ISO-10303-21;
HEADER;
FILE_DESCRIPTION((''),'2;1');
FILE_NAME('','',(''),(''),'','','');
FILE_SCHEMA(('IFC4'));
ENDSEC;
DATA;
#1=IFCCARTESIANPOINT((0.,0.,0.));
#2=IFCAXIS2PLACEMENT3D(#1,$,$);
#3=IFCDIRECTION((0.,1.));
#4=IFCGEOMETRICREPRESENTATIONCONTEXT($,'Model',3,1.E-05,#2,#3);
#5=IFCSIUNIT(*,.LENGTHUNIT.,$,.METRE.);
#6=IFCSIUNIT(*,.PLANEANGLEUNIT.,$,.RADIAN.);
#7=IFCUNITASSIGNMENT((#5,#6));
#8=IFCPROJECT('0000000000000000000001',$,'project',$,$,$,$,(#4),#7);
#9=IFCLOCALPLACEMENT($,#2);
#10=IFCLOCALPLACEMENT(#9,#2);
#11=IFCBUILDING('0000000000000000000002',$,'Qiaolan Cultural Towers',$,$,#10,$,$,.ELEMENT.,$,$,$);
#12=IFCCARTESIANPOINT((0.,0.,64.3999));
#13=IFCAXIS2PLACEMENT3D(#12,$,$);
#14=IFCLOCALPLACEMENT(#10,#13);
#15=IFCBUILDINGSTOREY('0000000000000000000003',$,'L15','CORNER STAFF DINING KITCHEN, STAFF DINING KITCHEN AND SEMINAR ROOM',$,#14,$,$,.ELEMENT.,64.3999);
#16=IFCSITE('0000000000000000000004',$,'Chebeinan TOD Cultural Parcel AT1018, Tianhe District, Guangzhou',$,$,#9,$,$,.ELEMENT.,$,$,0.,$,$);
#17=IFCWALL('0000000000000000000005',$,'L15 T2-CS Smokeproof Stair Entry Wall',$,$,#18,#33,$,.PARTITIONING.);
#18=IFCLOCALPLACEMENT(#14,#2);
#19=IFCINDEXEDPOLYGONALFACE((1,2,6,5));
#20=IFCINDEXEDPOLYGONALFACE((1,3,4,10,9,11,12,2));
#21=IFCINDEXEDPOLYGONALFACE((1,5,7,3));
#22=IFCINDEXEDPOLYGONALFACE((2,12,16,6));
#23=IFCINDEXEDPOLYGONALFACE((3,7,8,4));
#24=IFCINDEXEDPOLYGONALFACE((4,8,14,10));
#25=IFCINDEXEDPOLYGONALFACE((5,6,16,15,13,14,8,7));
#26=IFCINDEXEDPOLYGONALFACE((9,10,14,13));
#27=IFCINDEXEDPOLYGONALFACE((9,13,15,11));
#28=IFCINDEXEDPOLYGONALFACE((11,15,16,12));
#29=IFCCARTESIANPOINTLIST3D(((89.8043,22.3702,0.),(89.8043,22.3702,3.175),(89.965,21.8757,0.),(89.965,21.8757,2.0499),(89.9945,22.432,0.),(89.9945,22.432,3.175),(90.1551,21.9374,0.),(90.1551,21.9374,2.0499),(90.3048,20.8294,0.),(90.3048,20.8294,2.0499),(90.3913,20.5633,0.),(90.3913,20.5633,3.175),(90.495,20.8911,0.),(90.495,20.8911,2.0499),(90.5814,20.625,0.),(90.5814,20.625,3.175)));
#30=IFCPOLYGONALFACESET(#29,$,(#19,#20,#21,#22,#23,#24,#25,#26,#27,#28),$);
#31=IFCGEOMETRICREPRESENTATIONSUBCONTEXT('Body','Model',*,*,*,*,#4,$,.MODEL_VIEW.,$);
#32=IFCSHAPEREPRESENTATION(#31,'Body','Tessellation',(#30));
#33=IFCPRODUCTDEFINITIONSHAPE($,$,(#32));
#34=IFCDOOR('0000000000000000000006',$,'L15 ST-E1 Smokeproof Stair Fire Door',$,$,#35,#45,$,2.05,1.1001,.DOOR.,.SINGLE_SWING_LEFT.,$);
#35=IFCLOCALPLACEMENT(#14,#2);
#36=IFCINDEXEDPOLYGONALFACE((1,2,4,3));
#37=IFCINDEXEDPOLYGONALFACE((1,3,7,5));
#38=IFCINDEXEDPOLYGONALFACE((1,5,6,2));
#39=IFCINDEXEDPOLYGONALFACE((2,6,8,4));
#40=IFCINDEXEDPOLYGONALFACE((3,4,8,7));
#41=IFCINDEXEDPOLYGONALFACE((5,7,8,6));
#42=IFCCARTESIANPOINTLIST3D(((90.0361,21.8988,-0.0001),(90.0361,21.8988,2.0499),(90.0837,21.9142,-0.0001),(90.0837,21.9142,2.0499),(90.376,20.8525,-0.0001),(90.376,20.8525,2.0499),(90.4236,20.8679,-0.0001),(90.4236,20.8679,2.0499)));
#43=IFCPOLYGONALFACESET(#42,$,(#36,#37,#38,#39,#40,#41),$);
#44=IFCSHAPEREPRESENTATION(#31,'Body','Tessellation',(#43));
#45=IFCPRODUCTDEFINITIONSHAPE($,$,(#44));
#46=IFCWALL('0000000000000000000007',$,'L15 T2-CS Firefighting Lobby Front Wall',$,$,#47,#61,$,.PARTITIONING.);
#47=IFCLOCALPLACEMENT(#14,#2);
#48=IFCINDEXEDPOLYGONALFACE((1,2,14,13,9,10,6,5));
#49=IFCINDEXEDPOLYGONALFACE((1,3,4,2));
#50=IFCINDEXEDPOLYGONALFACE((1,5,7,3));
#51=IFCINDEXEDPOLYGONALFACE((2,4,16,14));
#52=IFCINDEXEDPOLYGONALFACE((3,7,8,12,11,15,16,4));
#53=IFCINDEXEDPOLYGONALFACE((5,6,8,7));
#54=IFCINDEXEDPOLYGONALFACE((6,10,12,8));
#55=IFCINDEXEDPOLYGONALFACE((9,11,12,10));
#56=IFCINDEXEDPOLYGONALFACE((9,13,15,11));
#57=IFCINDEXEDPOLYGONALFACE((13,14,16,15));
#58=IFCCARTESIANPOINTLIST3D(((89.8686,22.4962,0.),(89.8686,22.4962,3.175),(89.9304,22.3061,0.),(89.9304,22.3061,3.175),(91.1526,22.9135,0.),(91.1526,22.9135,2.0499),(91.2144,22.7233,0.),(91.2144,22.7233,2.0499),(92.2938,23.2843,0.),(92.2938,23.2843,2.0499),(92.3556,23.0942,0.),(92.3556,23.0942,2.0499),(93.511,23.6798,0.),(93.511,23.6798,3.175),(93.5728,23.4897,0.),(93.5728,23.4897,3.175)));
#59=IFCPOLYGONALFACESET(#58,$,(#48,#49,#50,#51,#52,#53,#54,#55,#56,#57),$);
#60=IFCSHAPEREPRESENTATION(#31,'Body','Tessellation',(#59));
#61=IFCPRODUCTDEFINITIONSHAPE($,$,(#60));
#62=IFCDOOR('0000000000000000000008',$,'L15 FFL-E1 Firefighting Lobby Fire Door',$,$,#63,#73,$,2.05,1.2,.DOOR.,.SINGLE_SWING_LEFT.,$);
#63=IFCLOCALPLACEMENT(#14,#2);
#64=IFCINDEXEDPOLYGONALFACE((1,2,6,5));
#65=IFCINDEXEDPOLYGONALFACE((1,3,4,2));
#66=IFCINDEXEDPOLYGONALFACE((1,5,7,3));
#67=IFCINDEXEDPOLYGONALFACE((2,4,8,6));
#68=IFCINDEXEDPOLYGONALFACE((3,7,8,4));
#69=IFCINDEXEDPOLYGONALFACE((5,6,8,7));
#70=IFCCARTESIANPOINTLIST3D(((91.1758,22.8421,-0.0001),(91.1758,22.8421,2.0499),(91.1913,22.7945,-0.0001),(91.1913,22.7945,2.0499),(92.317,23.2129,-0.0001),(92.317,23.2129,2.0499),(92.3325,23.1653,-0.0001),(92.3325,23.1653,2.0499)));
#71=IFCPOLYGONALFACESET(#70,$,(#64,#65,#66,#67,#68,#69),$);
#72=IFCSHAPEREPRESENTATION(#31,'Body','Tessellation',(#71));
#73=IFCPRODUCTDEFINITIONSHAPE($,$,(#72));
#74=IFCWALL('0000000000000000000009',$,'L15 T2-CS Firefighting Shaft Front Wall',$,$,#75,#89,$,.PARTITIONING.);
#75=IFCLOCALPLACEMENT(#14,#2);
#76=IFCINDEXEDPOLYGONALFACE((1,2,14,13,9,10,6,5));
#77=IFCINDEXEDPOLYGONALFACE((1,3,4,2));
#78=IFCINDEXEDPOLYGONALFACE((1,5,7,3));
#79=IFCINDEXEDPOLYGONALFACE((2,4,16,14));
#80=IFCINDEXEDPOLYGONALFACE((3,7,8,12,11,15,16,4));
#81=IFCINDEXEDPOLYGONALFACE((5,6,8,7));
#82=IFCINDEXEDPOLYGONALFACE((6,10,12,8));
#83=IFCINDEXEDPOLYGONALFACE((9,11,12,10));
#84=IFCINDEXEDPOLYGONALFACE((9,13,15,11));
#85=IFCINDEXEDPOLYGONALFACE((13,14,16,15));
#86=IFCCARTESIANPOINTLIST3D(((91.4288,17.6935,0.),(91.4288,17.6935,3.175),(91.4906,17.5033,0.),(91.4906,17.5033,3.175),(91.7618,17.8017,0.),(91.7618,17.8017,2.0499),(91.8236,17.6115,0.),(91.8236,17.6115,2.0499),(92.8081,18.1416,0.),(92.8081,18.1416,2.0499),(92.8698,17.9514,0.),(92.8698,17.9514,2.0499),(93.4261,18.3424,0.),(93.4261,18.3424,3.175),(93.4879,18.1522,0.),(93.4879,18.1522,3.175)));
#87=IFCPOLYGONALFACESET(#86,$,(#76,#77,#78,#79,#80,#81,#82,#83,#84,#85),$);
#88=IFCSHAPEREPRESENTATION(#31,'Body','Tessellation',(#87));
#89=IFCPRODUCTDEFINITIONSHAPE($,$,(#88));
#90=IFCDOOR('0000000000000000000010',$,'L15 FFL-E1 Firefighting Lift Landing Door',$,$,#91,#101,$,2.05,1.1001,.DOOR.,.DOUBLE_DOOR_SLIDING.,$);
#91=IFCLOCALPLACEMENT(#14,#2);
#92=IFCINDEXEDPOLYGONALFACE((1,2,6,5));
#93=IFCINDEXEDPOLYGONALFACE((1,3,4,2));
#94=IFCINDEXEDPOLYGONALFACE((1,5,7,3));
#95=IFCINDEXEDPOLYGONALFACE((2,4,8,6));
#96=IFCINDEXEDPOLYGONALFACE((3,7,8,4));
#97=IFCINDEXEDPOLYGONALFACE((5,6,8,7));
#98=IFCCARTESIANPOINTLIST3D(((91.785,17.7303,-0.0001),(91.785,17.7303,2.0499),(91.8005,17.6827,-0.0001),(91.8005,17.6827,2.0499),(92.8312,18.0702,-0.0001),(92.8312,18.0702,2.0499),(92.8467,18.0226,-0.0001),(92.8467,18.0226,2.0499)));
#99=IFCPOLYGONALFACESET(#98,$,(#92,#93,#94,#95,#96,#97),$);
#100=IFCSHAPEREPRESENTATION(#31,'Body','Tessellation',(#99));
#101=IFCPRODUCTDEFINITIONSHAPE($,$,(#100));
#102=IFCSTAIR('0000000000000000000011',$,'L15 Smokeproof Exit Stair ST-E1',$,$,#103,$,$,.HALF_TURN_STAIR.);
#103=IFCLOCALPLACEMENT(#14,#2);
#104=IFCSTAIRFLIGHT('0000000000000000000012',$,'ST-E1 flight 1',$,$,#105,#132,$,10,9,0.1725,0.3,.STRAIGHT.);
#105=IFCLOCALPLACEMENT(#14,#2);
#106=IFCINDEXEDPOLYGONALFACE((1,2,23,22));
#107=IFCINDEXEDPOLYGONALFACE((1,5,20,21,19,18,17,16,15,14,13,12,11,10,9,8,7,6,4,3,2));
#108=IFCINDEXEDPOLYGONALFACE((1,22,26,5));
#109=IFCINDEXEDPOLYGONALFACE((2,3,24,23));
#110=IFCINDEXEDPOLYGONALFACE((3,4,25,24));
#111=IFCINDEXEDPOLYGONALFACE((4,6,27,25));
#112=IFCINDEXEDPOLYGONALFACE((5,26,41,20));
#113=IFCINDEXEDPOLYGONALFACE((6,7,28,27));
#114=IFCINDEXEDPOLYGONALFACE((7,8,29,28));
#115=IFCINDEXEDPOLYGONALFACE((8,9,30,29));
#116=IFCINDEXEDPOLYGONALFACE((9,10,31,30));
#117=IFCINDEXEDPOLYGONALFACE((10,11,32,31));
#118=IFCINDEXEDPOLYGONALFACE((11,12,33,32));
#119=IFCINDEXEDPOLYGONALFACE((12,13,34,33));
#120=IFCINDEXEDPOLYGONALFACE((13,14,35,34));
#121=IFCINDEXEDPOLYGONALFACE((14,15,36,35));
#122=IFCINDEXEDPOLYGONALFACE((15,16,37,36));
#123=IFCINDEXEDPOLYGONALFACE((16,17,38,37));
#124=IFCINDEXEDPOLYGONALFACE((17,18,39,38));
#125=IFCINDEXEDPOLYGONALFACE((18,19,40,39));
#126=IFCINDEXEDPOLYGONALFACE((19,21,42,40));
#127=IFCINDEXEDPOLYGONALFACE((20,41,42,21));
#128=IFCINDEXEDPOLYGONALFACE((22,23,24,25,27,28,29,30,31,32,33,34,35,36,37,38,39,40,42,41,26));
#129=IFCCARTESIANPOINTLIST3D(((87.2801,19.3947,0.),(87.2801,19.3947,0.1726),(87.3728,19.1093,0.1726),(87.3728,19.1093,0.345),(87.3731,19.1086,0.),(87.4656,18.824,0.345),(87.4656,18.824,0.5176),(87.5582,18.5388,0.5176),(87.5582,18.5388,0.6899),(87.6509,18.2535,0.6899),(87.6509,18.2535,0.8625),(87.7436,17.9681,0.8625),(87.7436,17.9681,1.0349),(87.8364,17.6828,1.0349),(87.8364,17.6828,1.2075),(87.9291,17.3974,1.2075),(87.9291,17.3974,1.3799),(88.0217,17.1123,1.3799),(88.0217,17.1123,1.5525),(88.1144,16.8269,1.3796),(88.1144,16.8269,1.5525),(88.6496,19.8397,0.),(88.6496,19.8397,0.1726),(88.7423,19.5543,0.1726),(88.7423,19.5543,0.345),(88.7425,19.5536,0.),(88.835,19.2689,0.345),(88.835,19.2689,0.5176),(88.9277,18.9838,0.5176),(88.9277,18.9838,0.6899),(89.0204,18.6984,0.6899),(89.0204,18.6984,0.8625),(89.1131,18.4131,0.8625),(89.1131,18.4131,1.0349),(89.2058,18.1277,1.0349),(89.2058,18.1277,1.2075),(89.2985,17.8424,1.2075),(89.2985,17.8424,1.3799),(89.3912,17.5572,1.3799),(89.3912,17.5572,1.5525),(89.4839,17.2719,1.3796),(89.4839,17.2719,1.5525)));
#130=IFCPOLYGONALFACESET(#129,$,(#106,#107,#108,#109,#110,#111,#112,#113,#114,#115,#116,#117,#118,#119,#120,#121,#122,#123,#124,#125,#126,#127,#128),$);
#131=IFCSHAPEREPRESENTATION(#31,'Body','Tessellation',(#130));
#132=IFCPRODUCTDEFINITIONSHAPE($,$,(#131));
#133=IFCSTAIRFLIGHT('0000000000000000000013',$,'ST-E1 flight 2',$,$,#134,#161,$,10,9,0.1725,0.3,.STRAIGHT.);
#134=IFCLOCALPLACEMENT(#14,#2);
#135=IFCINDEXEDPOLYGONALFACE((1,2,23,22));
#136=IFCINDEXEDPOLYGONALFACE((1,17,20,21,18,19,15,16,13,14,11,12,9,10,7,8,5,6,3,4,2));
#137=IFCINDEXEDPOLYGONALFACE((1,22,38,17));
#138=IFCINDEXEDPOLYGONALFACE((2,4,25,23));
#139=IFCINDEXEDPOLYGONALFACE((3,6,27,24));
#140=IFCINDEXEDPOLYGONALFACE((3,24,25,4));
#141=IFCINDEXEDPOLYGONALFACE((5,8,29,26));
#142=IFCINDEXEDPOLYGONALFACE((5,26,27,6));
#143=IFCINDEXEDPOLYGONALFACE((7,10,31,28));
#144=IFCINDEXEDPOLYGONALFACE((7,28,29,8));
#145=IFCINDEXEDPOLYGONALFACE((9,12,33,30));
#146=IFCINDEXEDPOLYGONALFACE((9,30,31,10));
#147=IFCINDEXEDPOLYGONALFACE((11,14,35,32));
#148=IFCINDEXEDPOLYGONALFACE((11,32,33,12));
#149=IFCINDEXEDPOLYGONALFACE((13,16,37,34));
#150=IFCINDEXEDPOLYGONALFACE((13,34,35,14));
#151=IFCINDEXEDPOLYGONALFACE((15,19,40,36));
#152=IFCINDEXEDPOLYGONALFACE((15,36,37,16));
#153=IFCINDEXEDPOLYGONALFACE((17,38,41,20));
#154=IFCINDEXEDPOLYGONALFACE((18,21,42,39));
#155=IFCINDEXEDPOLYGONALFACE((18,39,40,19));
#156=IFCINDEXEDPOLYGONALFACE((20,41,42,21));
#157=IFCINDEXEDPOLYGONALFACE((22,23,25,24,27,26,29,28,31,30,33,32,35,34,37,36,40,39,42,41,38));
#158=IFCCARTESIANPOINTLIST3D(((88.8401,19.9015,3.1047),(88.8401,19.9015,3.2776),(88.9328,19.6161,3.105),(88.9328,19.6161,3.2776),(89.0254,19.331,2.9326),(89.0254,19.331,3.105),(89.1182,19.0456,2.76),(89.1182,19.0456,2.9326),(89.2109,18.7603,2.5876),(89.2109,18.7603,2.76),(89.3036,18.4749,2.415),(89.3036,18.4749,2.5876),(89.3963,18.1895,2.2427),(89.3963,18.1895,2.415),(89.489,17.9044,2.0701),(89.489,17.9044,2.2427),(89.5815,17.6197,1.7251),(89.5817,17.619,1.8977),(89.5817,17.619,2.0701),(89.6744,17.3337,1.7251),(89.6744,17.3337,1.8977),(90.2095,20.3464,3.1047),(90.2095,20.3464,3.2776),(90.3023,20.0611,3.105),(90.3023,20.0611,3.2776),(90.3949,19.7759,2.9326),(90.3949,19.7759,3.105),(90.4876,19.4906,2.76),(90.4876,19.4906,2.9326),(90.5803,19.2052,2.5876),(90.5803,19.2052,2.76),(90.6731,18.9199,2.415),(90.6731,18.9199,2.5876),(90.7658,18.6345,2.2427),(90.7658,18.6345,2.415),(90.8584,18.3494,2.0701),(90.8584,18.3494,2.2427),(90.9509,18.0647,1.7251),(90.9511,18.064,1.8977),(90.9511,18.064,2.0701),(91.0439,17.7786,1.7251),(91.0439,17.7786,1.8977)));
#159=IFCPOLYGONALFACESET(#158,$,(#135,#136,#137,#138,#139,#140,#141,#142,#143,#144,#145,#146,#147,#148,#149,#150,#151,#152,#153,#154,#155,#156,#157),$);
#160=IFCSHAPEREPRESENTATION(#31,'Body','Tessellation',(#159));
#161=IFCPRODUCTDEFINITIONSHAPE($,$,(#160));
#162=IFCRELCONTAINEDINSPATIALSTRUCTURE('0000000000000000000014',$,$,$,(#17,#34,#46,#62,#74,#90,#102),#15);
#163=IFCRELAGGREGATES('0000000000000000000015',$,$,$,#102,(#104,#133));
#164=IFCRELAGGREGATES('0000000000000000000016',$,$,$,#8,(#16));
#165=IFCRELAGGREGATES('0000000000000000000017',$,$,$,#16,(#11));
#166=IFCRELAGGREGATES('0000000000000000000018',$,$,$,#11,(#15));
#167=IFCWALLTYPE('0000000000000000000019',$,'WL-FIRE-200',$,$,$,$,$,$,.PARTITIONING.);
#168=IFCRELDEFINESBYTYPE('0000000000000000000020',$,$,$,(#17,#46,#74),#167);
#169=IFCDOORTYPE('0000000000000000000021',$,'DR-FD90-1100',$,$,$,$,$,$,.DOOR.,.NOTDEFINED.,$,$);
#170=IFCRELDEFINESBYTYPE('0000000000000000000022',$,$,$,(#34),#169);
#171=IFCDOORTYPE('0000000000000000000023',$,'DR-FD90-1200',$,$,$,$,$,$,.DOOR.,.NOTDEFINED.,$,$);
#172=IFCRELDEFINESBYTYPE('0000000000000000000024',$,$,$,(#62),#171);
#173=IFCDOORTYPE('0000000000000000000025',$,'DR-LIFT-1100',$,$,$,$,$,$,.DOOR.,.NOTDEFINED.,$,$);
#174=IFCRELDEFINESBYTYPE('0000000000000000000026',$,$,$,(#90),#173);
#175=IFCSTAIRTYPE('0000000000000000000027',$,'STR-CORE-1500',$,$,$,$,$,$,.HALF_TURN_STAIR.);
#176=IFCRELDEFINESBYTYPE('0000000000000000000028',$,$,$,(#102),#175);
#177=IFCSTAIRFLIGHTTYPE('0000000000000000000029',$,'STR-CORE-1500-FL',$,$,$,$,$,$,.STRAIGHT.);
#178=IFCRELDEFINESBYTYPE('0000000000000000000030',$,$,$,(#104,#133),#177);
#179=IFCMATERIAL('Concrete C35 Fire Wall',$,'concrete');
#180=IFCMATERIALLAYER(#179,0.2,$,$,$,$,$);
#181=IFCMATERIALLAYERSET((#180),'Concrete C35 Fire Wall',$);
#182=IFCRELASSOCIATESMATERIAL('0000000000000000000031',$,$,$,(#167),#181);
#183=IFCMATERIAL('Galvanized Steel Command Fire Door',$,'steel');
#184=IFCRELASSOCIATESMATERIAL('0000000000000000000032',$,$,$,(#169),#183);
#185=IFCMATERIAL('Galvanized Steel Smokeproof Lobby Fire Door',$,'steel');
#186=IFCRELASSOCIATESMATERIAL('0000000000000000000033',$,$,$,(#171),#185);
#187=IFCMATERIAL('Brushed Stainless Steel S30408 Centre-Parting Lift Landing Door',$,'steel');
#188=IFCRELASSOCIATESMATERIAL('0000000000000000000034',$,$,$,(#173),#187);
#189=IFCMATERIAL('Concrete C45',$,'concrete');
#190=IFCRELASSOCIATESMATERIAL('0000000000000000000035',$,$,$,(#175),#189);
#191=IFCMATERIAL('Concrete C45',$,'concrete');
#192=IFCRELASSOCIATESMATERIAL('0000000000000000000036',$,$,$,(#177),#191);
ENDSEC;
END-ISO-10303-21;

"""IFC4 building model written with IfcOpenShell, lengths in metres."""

from ifc_helpers import new_model, si_unit, direction, frame, frame_2d, origin, place, context, subcontext, project, spatial, polyline, rectangle, outline, extrude, material, layer, layer_set, type_object, element, fill, aggregate, save


model = new_model("IFC4")

# Units and contexts
model_context = context("Model", 3, precision=1e-05, world=origin(), true_north=direction((0.0, 1.0)))
body_context = subcontext(model_context, "Body", "Model", "MODEL_VIEW")
ifc_project = project(units=[si_unit("LENGTHUNIT", "METRE"), si_unit("PLANEANGLEUNIT", "RADIAN")], contexts=[model_context])

# Site, building, storey
site_placement = place(None, origin())
site = spatial("IfcSite", under=ifc_project, at=site_placement, Name="Chebeinan TOD Cultural Parcel AT1018, Tianhe District, Guangzhou", CompositionType="ELEMENT", RefElevation=0.0)
building_placement = place(site_placement, origin())
building = spatial("IfcBuilding", under=site, at=building_placement, Name="Qiaolan Cultural Towers", CompositionType="ELEMENT")
storey_placement = place(building_placement, frame((0.0, 0.0, 64.3999)))
storey = spatial("IfcBuildingStorey", under=building, at=storey_placement, Name="L15", Description="CORNER STAFF DINING KITCHEN, STAFF DINING KITCHEN AND SEMINAR ROOM", CompositionType="ELEMENT", Elevation=64.3999)

# Walls, openings, doors
ifc_material_1 = material(Name="Concrete C35 Fire Wall", Category="concrete")
ifc_layer_1 = layer(ifc_material_1, 0.2)
ifc_layer_set_1 = layer_set([ifc_layer_1], Name="Concrete C35 Fire Wall")
wall_type_1 = type_object("IfcWallType", Name="WL-FIRE-200", PredefinedType="PARTITIONING", material=ifc_layer_set_1)
wall_1_placement = place(storey_placement, frame((89.8994, 22.4011, 0.0), z_axis=(0.0, 0.0, 1.0), x_axis=(0.308932, -0.951084, 0.0)))
wall_1 = element("IfcWall", 1, at=wall_1_placement, inside=storey, type_object=wall_type_1, Name="L15 T2-CS Smokeproof Stair Entry Wall", PredefinedType="PARTITIONING", context=body_context, shape_type="SweptSolid", body=[
    extrude(rectangle(XDim=1.8999, YDim=0.2, at=frame_2d((0.95, 0.0))), origin(), (0.0, 0.0, 1.0), 3.175),
])
opening_1_placement = place(wall_1_placement, frame((0.52, 0.0, 0.0)))
opening_1 = element("IfcOpeningElement", 2, at=opening_1_placement, cuts=wall_1, PredefinedType="OPENING", context=body_context, shape_type="SweptSolid", body=[
    extrude(rectangle(XDim=1.1001, YDim=2.05, at=frame_2d((0.55, 1.0249))), frame((0.0, 0.1099, 0.0), z_axis=(0.0, -1.0, 0.0), x_axis=(1.0, 0.0, 0.0)), (0.0, 0.0, 1.0), 0.22),
])
ifc_material_2 = material(Name="Galvanized Steel Command Fire Door", Category="steel")
door_type_1 = type_object("IfcDoorType", Name="DR-FD90-1100", OperationType="NOTDEFINED", PredefinedType="DOOR", material=ifc_material_2)
door_1_placement = place(opening_1_placement, origin())
door_1 = element("IfcDoor", 3, at=door_1_placement, inside=storey, type_object=door_type_1, Name="L15 ST-E1 Smokeproof Stair Fire Door", OperationType="SINGLE_SWING_LEFT", OverallHeight=2.05, OverallWidth=1.1001, PredefinedType="DOOR", context=body_context, shape_type="SweptSolid", body=[
    extrude(rectangle(XDim=1.1001, YDim=2.05, at=frame_2d((0.55, 1.0249))), frame((0.0, 0.0249, 0.0), z_axis=(0.0, -1.0, 0.0), x_axis=(1.0, 0.0, 0.0)), (0.0, 0.0, 1.0), 0.05),
])
fill(opening_1, door_1)
wall_2_placement = place(storey_placement, frame((89.8994, 22.4011, 0.0), z_axis=(0.0, 0.0, 1.0), x_axis=(0.951047, 0.309047, 0.0)))
wall_2 = element("IfcWall", 4, at=wall_2_placement, inside=storey, type_object=wall_type_1, Name="L15 T2-CS Firefighting Lobby Front Wall", PredefinedType="PARTITIONING", context=body_context, shape_type="SweptSolid", body=[
    extrude(rectangle(XDim=3.8298, YDim=0.2, at=frame_2d((1.915, 0.0))), origin(), (0.0, 0.0, 1.0), 3.175),
])
opening_2_placement = place(wall_2_placement, frame((1.3501, 0.0, 0.0)))
opening_2 = element("IfcOpeningElement", 5, at=opening_2_placement, cuts=wall_2, PredefinedType="OPENING", context=body_context, shape_type="SweptSolid", body=[
    extrude(rectangle(XDim=1.2, YDim=2.05, at=frame_2d((0.6001, 1.0249))), frame((0.0, 0.1099, 0.0), z_axis=(0.0, -1.0, 0.0), x_axis=(1.0, 0.0, 0.0)), (0.0, 0.0, 1.0), 0.22),
])
ifc_material_3 = material(Name="Galvanized Steel Smokeproof Lobby Fire Door", Category="steel")
door_type_2 = type_object("IfcDoorType", Name="DR-FD90-1200", OperationType="NOTDEFINED", PredefinedType="DOOR", material=ifc_material_3)
door_2_placement = place(opening_2_placement, origin())
door_2 = element("IfcDoor", 6, at=door_2_placement, inside=storey, type_object=door_type_2, Name="L15 FFL-E1 Firefighting Lobby Fire Door", OperationType="SINGLE_SWING_LEFT", OverallHeight=2.05, OverallWidth=1.2, PredefinedType="DOOR", context=body_context, shape_type="SweptSolid", body=[
    extrude(rectangle(XDim=1.2, YDim=2.05, at=frame_2d((0.6001, 1.0249))), frame((0.0, 0.0249, 0.0), z_axis=(0.0, -1.0, 0.0), x_axis=(1.0, 0.0, 0.0)), (0.0, 0.0, 1.0), 0.05),
])
fill(opening_2, door_2)
wall_3_placement = place(storey_placement, frame((91.4597, 17.5984, 0.0), z_axis=(0.0, 0.0, 1.0), x_axis=(0.951062, 0.308999, 0.0)))
wall_3 = element("IfcWall", 7, at=wall_3_placement, inside=storey, type_object=wall_type_1, Name="L15 T2-CS Firefighting Shaft Front Wall", PredefinedType="PARTITIONING", context=body_context, shape_type="SweptSolid", body=[
    extrude(rectangle(XDim=2.1001, YDim=0.2, at=frame_2d((1.05, 0.0))), origin(), (0.0, 0.0, 1.0), 3.175),
])
opening_3_placement = place(wall_3_placement, frame((0.3501, 0.0, 0.0)))
opening_3 = element("IfcOpeningElement", 8, at=opening_3_placement, cuts=wall_3, PredefinedType="OPENING", context=body_context, shape_type="SweptSolid", body=[
    extrude(rectangle(XDim=1.1001, YDim=2.05, at=frame_2d((0.55, 1.0249))), frame((0.0, 0.1099, 0.0), z_axis=(0.0, -1.0, 0.0), x_axis=(1.0, 0.0, 0.0)), (0.0, 0.0, 1.0), 0.22),
])
ifc_material_4 = material(Name="Brushed Stainless Steel S30408 Centre-Parting Lift Landing Door", Category="steel")
door_type_3 = type_object("IfcDoorType", Name="DR-LIFT-1100", OperationType="NOTDEFINED", PredefinedType="DOOR", material=ifc_material_4)
door_3_placement = place(opening_3_placement, origin())
door_3 = element("IfcDoor", 9, at=door_3_placement, inside=storey, type_object=door_type_3, Name="L15 FFL-E1 Firefighting Lift Landing Door", OperationType="DOUBLE_DOOR_SLIDING", OverallHeight=2.05, OverallWidth=1.1001, PredefinedType="DOOR", context=body_context, shape_type="SweptSolid", body=[
    extrude(rectangle(XDim=1.1001, YDim=2.05, at=frame_2d((0.55, 1.0249))), frame((0.0, 0.0249, 0.0), z_axis=(0.0, -1.0, 0.0), x_axis=(1.0, 0.0, 0.0)), (0.0, 0.0, 1.0), 0.05),
])
fill(opening_3, door_3)

# Stair, stair flights
ifc_material_5 = material(Name="Concrete C45", Category="concrete")
stair_type = type_object("IfcStairType", Name="STR-CORE-1500", PredefinedType="HALF_TURN_STAIR", material=ifc_material_5)
stair_placement = place(storey_placement, origin())
stair = element("IfcStair", 10, at=stair_placement, inside=storey, type_object=stair_type, Name="L15 Smokeproof Exit Stair ST-E1", PredefinedType="HALF_TURN_STAIR")
ifc_material_6 = material(Name="Concrete C45", Category="concrete")
stair_flight_type = type_object("IfcStairFlightType", Name="STR-CORE-1500-FL", PredefinedType="STRAIGHT", material=ifc_material_6)
stair_flight_1_placement = place(storey_placement, frame((87.9648, 19.6172, 0.0), z_axis=(0.0, 0.0, 1.0), x_axis=(0.309017, -0.951057, 0.0)))
stair_flight_1 = element("IfcStairFlight", 11, at=stair_flight_1_placement, type_object=stair_flight_type, Name="ST-E1 flight 1", NumberOfRisers=10, NumberOfTreads=9, PredefinedType="STRAIGHT", RiserHeight=0.1725, TreadLength=0.3, context=body_context, shape_type="SweptSolid", body=[
    extrude(outline(polyline([(0.0, 0.0), (0.0, 0.1726), (0.3, 0.1726), (0.3, 0.345), (0.6001, 0.345), (0.6001, 0.5176), (0.8999, 0.5176), (0.8999, 0.6899), (1.2, 0.6899), (1.2, 0.8625), (1.5, 0.8625), (1.5, 1.0349), (1.8, 1.0349), (1.8, 1.2075), (2.1001, 1.2075), (2.1001, 1.3799), (2.3999, 1.3799), (2.3999, 1.5525), (2.7, 1.5525), (2.7, 1.7251), (2.7, 1.3796), (0.3008, 0.0), (0.0, 0.0)])), frame((0.0, 0.72, 0.0), z_axis=(0.0, -1.0, 0.0), x_axis=(1.0, 0.0, 0.0)), (0.0, 0.0, 1.0), 1.4399),
])
stair_flight_2_placement = place(storey_placement, frame((90.3591, 17.5562, 1.7251), z_axis=(0.0, 0.0, 1.0), x_axis=(-0.309017, 0.951057, 0.0)))
stair_flight_2 = element("IfcStairFlight", 12, at=stair_flight_2_placement, type_object=stair_flight_type, Name="ST-E1 flight 2", NumberOfRisers=10, NumberOfTreads=9, PredefinedType="STRAIGHT", RiserHeight=0.1725, TreadLength=0.3, context=body_context, shape_type="SweptSolid", body=[
    extrude(outline(polyline([(0.0, 0.0), (0.0, 0.1726), (0.3, 0.1726), (0.3, 0.345), (0.6001, 0.345), (0.6001, 0.5176), (0.8999, 0.5176), (0.8999, 0.6899), (1.2, 0.6899), (1.2, 0.8625), (1.5, 0.8625), (1.5, 1.0349), (1.8, 1.0349), (1.8, 1.2075), (2.1001, 1.2075), (2.1001, 1.3799), (2.3999, 1.3799), (2.3999, 1.5525), (2.7, 1.5525), (2.7, 1.7251), (2.7, 1.3796), (0.3008, 0.0), (0.0, 0.0)])), frame((0.0, 0.72, 0.0), z_axis=(0.0, -1.0, 0.0), x_axis=(1.0, 0.0, 0.0)), (0.0, 0.0, 1.0), 1.4399),
])
aggregate(stair, [stair_flight_1, stair_flight_2])

save(model, "model.ifc")
